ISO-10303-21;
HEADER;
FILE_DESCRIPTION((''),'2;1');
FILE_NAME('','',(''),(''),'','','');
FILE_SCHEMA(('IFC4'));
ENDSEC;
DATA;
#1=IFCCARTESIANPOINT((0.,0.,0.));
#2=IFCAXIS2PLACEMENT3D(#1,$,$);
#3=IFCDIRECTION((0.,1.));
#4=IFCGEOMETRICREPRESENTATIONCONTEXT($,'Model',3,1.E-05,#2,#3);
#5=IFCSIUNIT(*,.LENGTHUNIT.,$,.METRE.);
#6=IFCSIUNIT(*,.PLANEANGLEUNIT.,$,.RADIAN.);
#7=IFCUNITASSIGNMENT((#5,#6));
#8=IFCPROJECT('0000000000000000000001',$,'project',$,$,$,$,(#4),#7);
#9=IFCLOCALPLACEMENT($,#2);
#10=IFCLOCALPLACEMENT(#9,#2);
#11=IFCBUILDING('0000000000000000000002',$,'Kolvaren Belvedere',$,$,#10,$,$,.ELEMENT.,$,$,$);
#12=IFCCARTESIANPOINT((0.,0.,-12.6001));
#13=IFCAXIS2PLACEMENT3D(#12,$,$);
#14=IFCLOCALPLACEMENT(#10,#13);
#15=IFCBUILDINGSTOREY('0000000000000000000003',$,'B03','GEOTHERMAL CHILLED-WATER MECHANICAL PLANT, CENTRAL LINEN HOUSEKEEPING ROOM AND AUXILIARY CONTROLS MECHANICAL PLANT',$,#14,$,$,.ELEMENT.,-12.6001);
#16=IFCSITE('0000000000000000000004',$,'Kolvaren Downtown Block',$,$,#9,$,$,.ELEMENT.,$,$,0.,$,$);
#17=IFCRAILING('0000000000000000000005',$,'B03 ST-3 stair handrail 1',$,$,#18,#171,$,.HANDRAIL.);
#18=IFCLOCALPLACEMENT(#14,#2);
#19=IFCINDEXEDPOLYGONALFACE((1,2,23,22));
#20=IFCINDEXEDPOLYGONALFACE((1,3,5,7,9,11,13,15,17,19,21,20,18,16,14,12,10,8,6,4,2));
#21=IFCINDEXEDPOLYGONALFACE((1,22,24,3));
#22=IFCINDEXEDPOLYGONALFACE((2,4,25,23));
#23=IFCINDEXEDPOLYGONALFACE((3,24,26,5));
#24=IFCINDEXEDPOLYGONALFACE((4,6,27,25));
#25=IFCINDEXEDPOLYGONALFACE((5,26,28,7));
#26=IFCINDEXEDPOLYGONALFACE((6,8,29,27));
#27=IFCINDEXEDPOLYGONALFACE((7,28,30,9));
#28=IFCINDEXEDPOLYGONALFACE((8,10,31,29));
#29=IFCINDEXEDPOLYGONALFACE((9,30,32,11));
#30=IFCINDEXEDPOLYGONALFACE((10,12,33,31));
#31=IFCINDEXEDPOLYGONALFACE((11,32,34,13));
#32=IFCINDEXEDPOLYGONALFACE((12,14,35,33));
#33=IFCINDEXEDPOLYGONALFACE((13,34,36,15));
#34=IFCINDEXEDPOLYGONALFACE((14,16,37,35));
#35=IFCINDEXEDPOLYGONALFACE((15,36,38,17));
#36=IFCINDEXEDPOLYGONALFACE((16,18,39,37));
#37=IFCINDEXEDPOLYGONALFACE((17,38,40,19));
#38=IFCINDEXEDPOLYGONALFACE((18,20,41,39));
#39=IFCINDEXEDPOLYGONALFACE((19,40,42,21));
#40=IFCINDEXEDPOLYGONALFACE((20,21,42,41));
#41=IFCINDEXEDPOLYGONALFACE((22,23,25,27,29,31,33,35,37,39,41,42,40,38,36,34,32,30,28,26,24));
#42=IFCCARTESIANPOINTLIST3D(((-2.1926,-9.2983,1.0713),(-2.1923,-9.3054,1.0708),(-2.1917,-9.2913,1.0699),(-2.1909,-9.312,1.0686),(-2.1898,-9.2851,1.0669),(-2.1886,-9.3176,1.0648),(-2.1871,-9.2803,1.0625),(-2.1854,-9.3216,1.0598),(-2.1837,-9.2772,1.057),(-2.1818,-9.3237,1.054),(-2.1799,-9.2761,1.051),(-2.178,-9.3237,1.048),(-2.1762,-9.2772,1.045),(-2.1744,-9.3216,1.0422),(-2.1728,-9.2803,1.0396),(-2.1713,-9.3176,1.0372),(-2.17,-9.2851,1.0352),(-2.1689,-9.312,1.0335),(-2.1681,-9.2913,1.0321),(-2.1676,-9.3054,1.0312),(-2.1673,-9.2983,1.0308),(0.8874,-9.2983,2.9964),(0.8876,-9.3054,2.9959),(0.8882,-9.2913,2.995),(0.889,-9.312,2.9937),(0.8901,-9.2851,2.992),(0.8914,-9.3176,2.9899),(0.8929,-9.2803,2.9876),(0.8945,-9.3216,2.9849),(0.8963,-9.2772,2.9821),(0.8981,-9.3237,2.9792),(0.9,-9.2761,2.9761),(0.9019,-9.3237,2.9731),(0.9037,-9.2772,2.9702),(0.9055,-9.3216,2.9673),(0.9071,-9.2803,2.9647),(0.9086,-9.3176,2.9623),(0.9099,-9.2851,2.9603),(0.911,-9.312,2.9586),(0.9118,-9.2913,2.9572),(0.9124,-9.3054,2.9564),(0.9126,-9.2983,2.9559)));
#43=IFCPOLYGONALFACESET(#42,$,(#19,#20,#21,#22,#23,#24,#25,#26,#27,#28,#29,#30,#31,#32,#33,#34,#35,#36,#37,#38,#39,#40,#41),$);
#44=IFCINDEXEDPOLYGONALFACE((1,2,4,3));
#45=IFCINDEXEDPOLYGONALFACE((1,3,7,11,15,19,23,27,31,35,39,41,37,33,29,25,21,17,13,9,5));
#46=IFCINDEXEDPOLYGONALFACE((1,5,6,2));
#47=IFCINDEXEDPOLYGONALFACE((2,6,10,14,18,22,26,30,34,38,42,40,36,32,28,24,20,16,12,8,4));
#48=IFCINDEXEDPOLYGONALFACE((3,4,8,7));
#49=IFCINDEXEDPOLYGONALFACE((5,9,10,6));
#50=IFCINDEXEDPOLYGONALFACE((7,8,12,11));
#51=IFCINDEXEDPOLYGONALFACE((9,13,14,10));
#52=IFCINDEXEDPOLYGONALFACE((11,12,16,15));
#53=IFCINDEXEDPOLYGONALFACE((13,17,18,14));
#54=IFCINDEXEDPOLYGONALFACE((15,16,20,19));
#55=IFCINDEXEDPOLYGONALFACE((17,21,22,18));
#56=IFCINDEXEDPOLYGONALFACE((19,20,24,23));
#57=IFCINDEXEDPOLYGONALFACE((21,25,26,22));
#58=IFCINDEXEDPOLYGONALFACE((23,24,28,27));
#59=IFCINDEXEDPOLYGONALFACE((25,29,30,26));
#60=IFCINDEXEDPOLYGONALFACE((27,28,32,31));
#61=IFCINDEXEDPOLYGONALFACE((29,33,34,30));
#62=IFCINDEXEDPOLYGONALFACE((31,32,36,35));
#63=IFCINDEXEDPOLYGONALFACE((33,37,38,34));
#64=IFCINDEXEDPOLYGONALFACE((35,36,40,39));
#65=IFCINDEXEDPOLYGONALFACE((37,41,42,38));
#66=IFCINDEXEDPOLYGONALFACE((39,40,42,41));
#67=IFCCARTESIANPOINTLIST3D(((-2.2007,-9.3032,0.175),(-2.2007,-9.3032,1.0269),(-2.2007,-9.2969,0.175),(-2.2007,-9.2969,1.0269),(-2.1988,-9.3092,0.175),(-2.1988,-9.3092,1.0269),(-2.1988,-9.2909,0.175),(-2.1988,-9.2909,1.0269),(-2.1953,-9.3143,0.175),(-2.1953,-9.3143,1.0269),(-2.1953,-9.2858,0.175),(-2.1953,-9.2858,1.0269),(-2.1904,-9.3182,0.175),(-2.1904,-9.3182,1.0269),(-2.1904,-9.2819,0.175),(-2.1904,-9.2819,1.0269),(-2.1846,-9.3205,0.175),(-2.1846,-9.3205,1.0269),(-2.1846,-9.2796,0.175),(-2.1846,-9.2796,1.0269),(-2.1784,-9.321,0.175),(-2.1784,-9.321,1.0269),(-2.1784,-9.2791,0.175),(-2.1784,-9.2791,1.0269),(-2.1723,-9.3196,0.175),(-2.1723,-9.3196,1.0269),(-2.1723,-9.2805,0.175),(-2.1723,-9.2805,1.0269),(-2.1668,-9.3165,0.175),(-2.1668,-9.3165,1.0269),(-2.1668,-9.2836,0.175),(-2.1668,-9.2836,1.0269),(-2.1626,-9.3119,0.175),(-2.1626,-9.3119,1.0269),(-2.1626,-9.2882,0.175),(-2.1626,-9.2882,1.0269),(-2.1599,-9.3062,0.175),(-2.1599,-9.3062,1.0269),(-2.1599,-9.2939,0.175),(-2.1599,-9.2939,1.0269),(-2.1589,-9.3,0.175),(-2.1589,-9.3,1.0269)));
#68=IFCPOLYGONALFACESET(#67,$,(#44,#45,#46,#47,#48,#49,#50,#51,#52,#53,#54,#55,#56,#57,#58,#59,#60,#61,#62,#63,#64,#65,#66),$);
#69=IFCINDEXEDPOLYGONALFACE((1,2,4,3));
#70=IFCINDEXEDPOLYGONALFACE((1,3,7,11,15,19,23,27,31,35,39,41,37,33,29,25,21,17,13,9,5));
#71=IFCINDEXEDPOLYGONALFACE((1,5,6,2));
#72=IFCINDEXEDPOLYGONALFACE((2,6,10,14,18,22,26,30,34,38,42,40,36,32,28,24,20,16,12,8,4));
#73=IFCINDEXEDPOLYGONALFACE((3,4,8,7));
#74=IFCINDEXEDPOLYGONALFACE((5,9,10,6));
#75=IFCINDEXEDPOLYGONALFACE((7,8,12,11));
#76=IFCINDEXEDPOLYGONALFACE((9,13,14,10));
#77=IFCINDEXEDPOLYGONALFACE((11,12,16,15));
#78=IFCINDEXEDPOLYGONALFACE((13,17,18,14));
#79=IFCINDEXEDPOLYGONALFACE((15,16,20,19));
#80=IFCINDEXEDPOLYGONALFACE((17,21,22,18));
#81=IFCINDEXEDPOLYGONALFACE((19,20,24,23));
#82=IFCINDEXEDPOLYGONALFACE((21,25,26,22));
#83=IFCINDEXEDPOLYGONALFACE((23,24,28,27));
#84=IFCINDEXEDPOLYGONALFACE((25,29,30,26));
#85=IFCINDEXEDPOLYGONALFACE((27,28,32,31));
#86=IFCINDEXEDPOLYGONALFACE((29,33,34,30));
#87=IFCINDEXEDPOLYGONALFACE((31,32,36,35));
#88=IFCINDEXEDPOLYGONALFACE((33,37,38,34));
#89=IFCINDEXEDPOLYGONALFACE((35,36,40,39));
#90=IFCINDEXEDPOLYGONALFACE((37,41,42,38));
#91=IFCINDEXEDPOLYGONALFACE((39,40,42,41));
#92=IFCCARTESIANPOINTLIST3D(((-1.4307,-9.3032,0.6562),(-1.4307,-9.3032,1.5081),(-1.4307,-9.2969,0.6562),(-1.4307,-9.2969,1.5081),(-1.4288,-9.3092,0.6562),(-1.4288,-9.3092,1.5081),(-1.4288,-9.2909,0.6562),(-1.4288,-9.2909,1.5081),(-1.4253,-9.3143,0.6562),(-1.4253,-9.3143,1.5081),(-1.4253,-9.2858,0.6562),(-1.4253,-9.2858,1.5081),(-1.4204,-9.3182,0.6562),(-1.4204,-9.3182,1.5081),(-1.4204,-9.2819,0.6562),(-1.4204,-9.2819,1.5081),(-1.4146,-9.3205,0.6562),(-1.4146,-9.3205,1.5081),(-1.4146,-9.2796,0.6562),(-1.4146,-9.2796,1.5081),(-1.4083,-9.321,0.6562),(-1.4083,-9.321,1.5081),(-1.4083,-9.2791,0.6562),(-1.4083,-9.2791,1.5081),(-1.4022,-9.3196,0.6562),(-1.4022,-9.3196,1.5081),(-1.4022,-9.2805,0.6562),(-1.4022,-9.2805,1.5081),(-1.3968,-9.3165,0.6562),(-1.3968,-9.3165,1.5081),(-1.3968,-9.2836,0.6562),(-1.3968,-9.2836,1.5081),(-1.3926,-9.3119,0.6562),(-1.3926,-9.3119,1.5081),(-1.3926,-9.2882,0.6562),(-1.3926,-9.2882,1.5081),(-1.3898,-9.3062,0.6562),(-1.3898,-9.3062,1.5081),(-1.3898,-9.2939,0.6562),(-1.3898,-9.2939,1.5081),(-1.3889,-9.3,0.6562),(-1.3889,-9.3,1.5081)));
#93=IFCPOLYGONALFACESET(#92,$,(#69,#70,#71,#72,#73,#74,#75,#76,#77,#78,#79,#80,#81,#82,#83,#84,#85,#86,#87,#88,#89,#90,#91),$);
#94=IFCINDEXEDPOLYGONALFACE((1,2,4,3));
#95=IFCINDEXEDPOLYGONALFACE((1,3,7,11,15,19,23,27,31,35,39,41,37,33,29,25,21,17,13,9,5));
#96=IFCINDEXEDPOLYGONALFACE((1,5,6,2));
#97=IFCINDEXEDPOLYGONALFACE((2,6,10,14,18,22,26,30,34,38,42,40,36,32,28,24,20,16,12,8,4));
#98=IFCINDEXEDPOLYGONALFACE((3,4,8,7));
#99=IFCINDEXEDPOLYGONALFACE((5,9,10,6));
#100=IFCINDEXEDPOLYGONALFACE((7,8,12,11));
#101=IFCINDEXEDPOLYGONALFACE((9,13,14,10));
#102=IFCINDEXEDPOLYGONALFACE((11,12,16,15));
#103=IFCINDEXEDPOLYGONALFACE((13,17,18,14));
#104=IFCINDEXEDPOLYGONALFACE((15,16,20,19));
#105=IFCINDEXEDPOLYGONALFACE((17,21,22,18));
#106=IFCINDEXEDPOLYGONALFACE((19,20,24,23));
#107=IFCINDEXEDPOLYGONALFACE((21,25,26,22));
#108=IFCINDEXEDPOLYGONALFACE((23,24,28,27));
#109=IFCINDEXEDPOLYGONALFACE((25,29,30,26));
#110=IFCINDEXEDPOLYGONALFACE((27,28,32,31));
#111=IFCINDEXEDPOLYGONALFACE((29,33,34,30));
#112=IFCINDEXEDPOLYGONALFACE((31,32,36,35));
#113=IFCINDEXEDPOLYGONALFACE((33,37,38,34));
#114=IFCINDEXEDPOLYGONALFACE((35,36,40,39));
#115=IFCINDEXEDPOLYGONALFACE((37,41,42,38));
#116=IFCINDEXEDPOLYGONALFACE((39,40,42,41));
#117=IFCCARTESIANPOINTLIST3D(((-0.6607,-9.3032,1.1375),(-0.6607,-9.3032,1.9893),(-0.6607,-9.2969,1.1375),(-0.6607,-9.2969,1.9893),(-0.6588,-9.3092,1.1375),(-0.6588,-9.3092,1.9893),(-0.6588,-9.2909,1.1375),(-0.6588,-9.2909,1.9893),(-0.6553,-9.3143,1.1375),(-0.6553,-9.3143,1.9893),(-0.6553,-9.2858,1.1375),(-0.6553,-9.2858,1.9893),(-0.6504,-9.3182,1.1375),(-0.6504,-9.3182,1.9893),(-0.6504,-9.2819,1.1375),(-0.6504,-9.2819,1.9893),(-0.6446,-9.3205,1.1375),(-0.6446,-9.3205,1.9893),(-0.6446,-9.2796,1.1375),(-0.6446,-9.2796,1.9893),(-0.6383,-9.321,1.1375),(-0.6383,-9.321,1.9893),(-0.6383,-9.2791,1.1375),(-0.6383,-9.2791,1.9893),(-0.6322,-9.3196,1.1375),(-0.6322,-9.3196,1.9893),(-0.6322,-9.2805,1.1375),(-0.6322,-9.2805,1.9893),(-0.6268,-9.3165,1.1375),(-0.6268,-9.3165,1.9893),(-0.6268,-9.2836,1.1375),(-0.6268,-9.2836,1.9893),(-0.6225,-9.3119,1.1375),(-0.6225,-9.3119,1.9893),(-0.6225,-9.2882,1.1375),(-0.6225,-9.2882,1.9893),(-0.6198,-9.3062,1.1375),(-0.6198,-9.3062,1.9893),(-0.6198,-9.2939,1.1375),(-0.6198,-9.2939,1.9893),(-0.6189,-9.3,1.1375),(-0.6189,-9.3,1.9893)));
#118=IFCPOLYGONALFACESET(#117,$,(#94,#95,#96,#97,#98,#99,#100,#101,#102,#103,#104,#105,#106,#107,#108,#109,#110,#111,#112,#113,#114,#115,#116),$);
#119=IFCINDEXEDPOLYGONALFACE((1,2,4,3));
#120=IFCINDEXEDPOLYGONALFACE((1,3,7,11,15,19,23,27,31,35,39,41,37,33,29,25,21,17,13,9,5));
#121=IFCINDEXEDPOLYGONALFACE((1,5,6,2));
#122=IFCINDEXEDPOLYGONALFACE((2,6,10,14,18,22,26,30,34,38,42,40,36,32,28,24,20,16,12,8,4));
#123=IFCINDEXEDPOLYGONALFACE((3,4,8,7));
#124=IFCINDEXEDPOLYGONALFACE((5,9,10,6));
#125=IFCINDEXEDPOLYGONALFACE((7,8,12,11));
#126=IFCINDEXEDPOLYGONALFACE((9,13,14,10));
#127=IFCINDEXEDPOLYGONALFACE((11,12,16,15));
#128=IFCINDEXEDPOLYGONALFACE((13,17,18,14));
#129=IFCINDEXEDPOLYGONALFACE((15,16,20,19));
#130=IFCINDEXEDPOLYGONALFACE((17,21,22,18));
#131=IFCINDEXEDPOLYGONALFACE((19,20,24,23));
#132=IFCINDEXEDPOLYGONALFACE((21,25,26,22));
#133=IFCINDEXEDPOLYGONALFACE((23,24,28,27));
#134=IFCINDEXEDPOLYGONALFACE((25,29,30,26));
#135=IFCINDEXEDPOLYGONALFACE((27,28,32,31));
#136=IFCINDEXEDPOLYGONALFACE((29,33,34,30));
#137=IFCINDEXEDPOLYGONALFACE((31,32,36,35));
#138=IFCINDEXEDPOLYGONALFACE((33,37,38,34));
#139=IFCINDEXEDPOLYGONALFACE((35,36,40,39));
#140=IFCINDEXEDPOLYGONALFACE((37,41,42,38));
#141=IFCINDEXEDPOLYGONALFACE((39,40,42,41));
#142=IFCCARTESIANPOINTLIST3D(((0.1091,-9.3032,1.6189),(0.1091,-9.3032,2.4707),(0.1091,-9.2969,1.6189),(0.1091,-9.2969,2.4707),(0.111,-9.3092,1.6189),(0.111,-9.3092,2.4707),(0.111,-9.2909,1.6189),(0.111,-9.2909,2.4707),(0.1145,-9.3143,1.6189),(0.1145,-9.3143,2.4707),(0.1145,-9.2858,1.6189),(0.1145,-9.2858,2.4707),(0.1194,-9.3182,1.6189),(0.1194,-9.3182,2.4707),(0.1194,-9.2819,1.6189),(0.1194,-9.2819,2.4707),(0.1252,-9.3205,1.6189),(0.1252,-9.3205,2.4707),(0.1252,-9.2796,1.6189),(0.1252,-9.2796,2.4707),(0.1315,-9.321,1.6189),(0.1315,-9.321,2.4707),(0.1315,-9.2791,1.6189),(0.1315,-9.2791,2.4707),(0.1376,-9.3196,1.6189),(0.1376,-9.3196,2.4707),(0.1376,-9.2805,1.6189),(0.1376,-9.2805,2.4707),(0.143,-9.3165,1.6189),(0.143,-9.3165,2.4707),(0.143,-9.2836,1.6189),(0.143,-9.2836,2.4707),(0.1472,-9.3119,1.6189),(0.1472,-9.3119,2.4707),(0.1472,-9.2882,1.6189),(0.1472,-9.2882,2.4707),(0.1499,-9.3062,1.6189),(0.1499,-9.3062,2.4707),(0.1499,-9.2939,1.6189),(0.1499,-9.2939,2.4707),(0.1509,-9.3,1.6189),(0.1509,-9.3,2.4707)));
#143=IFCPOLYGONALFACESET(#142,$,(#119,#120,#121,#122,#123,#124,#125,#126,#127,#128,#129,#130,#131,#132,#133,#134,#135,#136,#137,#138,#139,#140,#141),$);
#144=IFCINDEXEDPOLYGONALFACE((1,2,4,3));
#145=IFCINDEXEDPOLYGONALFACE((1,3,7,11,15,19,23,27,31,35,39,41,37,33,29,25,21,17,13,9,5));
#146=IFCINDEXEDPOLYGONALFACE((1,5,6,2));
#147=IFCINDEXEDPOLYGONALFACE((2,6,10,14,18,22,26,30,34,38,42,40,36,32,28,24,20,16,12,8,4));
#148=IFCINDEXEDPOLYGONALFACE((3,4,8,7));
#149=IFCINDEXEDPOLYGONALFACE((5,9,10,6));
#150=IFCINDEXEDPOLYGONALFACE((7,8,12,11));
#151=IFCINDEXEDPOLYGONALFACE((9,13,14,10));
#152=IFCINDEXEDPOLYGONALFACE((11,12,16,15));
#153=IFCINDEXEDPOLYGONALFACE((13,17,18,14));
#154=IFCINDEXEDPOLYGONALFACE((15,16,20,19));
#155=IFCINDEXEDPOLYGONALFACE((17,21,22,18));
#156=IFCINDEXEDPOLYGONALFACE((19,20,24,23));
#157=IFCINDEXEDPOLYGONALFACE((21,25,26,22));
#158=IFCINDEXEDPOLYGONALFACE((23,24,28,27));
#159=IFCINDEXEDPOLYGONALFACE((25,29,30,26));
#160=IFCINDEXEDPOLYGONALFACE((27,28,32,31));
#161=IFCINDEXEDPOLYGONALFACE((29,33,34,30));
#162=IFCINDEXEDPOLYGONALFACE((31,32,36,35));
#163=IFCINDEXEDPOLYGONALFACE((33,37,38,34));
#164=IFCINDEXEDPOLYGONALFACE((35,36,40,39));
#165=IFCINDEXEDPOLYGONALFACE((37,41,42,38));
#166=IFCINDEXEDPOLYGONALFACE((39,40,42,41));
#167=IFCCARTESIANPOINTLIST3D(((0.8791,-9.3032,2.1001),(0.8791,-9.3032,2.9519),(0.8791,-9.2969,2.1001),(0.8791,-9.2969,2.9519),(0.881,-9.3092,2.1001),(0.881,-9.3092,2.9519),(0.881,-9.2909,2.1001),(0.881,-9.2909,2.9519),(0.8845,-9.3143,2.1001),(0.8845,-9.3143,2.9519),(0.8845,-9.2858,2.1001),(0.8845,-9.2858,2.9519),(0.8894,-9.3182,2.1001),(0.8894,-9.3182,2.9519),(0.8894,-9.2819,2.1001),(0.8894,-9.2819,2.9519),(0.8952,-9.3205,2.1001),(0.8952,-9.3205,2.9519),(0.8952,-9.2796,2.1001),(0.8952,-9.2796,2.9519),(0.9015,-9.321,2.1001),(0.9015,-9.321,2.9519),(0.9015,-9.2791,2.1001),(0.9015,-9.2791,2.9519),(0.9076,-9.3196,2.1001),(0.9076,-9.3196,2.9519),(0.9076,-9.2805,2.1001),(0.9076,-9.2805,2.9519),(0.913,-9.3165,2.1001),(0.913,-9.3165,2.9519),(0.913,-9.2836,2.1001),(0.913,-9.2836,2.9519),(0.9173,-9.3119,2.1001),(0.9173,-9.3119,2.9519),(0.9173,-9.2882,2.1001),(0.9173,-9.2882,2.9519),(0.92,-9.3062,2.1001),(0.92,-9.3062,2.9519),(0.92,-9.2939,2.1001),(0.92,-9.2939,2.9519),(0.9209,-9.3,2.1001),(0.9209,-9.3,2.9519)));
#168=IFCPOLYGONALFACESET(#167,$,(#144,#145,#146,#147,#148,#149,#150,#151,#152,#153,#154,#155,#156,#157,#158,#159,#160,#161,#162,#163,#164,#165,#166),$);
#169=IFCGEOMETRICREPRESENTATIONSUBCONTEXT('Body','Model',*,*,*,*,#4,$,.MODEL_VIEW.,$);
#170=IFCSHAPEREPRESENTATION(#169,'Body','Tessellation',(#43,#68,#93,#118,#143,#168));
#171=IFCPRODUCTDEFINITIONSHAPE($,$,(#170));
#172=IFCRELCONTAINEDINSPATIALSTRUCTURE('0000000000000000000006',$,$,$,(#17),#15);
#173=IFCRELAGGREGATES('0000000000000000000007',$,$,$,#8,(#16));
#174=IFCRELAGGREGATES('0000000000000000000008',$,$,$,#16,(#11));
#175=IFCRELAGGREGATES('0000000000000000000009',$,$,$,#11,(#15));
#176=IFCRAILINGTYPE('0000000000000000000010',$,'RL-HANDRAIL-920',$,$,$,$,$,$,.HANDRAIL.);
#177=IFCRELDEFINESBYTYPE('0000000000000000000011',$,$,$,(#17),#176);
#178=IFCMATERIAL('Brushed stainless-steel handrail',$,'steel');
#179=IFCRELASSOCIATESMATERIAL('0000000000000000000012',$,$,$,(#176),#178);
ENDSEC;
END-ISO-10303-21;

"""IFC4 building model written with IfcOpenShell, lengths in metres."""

from ifc_helpers import new_model, si_unit, direction, frame, origin, origin_2d, place, context, subcontext, project, spatial, circle, extrude, material, type_object, element, save


model = new_model("IFC4")

# Units and contexts
model_context = context("Model", 3, precision=1e-05, world=origin(), true_north=direction((0.0, 1.0)))
body_context = subcontext(model_context, "Body", "Model", "MODEL_VIEW")
ifc_project = project(units=[si_unit("LENGTHUNIT", "METRE"), si_unit("PLANEANGLEUNIT", "RADIAN")], contexts=[model_context])

# Site, building, storey
site_placement = place(None, origin())
site = spatial("IfcSite", under=ifc_project, at=site_placement, Name="Kolvaren Downtown Block", CompositionType="ELEMENT", RefElevation=0.0)
building_placement = place(site_placement, origin())
building = spatial("IfcBuilding", under=site, at=building_placement, Name="Kolvaren Belvedere", CompositionType="ELEMENT")
storey_placement = place(building_placement, frame((0.0, 0.0, -12.6001)))
storey = spatial("IfcBuildingStorey", under=building, at=storey_placement, Name="B03", Description="GEOTHERMAL CHILLED-WATER MECHANICAL PLANT, CENTRAL LINEN HOUSEKEEPING ROOM AND AUXILIARY CONTROLS MECHANICAL PLANT", CompositionType="ELEMENT", Elevation=-12.6001)

# Railing
ifc_material_1 = material(Name="Brushed stainless-steel handrail", Category="steel")
railing_type_1 = type_object("IfcRailingType", Name="RL-HANDRAIL-920", PredefinedType="HANDRAIL", material=ifc_material_1)
railing_1_placement = place(storey_placement, frame((-2.1799, -9.3, 0.175)))
element("IfcRailing", 1, at=railing_1_placement, inside=storey, type_object=railing_type_1, Name="B03 ST-3 stair handrail 1", PredefinedType="HANDRAIL", context=body_context, shape_type="SweptSolid", body=[
    extrude(circle(Radius=0.0239, at=origin_2d()), frame((0.0, 0.0, 0.876), z_axis=(0.847979, 0.0, 0.530029), x_axis=(0.0, 1.0, 0.0)), (0.0, 0.0, 1.0), 3.6321),
    extrude(circle(Radius=0.021, at=origin_2d()), origin(), (0.0, 0.0, 1.0), 0.8518),
    extrude(circle(Radius=0.021, at=origin_2d()), frame((0.77, 0.0, 0.4812)), (0.0, 0.0, 1.0), 0.8518),
    extrude(circle(Radius=0.021, at=origin_2d()), frame((1.54, 0.0, 0.9624)), (0.0, 0.0, 1.0), 0.8518),
    extrude(circle(Radius=0.021, at=origin_2d()), frame((2.3098, 0.0, 1.4438)), (0.0, 0.0, 1.0), 0.8518),
    extrude(circle(Radius=0.021, at=origin_2d()), frame((3.0798, 0.0, 1.925)), (0.0, 0.0, 1.0), 0.8518),
])

save(model, "model.ifc")
